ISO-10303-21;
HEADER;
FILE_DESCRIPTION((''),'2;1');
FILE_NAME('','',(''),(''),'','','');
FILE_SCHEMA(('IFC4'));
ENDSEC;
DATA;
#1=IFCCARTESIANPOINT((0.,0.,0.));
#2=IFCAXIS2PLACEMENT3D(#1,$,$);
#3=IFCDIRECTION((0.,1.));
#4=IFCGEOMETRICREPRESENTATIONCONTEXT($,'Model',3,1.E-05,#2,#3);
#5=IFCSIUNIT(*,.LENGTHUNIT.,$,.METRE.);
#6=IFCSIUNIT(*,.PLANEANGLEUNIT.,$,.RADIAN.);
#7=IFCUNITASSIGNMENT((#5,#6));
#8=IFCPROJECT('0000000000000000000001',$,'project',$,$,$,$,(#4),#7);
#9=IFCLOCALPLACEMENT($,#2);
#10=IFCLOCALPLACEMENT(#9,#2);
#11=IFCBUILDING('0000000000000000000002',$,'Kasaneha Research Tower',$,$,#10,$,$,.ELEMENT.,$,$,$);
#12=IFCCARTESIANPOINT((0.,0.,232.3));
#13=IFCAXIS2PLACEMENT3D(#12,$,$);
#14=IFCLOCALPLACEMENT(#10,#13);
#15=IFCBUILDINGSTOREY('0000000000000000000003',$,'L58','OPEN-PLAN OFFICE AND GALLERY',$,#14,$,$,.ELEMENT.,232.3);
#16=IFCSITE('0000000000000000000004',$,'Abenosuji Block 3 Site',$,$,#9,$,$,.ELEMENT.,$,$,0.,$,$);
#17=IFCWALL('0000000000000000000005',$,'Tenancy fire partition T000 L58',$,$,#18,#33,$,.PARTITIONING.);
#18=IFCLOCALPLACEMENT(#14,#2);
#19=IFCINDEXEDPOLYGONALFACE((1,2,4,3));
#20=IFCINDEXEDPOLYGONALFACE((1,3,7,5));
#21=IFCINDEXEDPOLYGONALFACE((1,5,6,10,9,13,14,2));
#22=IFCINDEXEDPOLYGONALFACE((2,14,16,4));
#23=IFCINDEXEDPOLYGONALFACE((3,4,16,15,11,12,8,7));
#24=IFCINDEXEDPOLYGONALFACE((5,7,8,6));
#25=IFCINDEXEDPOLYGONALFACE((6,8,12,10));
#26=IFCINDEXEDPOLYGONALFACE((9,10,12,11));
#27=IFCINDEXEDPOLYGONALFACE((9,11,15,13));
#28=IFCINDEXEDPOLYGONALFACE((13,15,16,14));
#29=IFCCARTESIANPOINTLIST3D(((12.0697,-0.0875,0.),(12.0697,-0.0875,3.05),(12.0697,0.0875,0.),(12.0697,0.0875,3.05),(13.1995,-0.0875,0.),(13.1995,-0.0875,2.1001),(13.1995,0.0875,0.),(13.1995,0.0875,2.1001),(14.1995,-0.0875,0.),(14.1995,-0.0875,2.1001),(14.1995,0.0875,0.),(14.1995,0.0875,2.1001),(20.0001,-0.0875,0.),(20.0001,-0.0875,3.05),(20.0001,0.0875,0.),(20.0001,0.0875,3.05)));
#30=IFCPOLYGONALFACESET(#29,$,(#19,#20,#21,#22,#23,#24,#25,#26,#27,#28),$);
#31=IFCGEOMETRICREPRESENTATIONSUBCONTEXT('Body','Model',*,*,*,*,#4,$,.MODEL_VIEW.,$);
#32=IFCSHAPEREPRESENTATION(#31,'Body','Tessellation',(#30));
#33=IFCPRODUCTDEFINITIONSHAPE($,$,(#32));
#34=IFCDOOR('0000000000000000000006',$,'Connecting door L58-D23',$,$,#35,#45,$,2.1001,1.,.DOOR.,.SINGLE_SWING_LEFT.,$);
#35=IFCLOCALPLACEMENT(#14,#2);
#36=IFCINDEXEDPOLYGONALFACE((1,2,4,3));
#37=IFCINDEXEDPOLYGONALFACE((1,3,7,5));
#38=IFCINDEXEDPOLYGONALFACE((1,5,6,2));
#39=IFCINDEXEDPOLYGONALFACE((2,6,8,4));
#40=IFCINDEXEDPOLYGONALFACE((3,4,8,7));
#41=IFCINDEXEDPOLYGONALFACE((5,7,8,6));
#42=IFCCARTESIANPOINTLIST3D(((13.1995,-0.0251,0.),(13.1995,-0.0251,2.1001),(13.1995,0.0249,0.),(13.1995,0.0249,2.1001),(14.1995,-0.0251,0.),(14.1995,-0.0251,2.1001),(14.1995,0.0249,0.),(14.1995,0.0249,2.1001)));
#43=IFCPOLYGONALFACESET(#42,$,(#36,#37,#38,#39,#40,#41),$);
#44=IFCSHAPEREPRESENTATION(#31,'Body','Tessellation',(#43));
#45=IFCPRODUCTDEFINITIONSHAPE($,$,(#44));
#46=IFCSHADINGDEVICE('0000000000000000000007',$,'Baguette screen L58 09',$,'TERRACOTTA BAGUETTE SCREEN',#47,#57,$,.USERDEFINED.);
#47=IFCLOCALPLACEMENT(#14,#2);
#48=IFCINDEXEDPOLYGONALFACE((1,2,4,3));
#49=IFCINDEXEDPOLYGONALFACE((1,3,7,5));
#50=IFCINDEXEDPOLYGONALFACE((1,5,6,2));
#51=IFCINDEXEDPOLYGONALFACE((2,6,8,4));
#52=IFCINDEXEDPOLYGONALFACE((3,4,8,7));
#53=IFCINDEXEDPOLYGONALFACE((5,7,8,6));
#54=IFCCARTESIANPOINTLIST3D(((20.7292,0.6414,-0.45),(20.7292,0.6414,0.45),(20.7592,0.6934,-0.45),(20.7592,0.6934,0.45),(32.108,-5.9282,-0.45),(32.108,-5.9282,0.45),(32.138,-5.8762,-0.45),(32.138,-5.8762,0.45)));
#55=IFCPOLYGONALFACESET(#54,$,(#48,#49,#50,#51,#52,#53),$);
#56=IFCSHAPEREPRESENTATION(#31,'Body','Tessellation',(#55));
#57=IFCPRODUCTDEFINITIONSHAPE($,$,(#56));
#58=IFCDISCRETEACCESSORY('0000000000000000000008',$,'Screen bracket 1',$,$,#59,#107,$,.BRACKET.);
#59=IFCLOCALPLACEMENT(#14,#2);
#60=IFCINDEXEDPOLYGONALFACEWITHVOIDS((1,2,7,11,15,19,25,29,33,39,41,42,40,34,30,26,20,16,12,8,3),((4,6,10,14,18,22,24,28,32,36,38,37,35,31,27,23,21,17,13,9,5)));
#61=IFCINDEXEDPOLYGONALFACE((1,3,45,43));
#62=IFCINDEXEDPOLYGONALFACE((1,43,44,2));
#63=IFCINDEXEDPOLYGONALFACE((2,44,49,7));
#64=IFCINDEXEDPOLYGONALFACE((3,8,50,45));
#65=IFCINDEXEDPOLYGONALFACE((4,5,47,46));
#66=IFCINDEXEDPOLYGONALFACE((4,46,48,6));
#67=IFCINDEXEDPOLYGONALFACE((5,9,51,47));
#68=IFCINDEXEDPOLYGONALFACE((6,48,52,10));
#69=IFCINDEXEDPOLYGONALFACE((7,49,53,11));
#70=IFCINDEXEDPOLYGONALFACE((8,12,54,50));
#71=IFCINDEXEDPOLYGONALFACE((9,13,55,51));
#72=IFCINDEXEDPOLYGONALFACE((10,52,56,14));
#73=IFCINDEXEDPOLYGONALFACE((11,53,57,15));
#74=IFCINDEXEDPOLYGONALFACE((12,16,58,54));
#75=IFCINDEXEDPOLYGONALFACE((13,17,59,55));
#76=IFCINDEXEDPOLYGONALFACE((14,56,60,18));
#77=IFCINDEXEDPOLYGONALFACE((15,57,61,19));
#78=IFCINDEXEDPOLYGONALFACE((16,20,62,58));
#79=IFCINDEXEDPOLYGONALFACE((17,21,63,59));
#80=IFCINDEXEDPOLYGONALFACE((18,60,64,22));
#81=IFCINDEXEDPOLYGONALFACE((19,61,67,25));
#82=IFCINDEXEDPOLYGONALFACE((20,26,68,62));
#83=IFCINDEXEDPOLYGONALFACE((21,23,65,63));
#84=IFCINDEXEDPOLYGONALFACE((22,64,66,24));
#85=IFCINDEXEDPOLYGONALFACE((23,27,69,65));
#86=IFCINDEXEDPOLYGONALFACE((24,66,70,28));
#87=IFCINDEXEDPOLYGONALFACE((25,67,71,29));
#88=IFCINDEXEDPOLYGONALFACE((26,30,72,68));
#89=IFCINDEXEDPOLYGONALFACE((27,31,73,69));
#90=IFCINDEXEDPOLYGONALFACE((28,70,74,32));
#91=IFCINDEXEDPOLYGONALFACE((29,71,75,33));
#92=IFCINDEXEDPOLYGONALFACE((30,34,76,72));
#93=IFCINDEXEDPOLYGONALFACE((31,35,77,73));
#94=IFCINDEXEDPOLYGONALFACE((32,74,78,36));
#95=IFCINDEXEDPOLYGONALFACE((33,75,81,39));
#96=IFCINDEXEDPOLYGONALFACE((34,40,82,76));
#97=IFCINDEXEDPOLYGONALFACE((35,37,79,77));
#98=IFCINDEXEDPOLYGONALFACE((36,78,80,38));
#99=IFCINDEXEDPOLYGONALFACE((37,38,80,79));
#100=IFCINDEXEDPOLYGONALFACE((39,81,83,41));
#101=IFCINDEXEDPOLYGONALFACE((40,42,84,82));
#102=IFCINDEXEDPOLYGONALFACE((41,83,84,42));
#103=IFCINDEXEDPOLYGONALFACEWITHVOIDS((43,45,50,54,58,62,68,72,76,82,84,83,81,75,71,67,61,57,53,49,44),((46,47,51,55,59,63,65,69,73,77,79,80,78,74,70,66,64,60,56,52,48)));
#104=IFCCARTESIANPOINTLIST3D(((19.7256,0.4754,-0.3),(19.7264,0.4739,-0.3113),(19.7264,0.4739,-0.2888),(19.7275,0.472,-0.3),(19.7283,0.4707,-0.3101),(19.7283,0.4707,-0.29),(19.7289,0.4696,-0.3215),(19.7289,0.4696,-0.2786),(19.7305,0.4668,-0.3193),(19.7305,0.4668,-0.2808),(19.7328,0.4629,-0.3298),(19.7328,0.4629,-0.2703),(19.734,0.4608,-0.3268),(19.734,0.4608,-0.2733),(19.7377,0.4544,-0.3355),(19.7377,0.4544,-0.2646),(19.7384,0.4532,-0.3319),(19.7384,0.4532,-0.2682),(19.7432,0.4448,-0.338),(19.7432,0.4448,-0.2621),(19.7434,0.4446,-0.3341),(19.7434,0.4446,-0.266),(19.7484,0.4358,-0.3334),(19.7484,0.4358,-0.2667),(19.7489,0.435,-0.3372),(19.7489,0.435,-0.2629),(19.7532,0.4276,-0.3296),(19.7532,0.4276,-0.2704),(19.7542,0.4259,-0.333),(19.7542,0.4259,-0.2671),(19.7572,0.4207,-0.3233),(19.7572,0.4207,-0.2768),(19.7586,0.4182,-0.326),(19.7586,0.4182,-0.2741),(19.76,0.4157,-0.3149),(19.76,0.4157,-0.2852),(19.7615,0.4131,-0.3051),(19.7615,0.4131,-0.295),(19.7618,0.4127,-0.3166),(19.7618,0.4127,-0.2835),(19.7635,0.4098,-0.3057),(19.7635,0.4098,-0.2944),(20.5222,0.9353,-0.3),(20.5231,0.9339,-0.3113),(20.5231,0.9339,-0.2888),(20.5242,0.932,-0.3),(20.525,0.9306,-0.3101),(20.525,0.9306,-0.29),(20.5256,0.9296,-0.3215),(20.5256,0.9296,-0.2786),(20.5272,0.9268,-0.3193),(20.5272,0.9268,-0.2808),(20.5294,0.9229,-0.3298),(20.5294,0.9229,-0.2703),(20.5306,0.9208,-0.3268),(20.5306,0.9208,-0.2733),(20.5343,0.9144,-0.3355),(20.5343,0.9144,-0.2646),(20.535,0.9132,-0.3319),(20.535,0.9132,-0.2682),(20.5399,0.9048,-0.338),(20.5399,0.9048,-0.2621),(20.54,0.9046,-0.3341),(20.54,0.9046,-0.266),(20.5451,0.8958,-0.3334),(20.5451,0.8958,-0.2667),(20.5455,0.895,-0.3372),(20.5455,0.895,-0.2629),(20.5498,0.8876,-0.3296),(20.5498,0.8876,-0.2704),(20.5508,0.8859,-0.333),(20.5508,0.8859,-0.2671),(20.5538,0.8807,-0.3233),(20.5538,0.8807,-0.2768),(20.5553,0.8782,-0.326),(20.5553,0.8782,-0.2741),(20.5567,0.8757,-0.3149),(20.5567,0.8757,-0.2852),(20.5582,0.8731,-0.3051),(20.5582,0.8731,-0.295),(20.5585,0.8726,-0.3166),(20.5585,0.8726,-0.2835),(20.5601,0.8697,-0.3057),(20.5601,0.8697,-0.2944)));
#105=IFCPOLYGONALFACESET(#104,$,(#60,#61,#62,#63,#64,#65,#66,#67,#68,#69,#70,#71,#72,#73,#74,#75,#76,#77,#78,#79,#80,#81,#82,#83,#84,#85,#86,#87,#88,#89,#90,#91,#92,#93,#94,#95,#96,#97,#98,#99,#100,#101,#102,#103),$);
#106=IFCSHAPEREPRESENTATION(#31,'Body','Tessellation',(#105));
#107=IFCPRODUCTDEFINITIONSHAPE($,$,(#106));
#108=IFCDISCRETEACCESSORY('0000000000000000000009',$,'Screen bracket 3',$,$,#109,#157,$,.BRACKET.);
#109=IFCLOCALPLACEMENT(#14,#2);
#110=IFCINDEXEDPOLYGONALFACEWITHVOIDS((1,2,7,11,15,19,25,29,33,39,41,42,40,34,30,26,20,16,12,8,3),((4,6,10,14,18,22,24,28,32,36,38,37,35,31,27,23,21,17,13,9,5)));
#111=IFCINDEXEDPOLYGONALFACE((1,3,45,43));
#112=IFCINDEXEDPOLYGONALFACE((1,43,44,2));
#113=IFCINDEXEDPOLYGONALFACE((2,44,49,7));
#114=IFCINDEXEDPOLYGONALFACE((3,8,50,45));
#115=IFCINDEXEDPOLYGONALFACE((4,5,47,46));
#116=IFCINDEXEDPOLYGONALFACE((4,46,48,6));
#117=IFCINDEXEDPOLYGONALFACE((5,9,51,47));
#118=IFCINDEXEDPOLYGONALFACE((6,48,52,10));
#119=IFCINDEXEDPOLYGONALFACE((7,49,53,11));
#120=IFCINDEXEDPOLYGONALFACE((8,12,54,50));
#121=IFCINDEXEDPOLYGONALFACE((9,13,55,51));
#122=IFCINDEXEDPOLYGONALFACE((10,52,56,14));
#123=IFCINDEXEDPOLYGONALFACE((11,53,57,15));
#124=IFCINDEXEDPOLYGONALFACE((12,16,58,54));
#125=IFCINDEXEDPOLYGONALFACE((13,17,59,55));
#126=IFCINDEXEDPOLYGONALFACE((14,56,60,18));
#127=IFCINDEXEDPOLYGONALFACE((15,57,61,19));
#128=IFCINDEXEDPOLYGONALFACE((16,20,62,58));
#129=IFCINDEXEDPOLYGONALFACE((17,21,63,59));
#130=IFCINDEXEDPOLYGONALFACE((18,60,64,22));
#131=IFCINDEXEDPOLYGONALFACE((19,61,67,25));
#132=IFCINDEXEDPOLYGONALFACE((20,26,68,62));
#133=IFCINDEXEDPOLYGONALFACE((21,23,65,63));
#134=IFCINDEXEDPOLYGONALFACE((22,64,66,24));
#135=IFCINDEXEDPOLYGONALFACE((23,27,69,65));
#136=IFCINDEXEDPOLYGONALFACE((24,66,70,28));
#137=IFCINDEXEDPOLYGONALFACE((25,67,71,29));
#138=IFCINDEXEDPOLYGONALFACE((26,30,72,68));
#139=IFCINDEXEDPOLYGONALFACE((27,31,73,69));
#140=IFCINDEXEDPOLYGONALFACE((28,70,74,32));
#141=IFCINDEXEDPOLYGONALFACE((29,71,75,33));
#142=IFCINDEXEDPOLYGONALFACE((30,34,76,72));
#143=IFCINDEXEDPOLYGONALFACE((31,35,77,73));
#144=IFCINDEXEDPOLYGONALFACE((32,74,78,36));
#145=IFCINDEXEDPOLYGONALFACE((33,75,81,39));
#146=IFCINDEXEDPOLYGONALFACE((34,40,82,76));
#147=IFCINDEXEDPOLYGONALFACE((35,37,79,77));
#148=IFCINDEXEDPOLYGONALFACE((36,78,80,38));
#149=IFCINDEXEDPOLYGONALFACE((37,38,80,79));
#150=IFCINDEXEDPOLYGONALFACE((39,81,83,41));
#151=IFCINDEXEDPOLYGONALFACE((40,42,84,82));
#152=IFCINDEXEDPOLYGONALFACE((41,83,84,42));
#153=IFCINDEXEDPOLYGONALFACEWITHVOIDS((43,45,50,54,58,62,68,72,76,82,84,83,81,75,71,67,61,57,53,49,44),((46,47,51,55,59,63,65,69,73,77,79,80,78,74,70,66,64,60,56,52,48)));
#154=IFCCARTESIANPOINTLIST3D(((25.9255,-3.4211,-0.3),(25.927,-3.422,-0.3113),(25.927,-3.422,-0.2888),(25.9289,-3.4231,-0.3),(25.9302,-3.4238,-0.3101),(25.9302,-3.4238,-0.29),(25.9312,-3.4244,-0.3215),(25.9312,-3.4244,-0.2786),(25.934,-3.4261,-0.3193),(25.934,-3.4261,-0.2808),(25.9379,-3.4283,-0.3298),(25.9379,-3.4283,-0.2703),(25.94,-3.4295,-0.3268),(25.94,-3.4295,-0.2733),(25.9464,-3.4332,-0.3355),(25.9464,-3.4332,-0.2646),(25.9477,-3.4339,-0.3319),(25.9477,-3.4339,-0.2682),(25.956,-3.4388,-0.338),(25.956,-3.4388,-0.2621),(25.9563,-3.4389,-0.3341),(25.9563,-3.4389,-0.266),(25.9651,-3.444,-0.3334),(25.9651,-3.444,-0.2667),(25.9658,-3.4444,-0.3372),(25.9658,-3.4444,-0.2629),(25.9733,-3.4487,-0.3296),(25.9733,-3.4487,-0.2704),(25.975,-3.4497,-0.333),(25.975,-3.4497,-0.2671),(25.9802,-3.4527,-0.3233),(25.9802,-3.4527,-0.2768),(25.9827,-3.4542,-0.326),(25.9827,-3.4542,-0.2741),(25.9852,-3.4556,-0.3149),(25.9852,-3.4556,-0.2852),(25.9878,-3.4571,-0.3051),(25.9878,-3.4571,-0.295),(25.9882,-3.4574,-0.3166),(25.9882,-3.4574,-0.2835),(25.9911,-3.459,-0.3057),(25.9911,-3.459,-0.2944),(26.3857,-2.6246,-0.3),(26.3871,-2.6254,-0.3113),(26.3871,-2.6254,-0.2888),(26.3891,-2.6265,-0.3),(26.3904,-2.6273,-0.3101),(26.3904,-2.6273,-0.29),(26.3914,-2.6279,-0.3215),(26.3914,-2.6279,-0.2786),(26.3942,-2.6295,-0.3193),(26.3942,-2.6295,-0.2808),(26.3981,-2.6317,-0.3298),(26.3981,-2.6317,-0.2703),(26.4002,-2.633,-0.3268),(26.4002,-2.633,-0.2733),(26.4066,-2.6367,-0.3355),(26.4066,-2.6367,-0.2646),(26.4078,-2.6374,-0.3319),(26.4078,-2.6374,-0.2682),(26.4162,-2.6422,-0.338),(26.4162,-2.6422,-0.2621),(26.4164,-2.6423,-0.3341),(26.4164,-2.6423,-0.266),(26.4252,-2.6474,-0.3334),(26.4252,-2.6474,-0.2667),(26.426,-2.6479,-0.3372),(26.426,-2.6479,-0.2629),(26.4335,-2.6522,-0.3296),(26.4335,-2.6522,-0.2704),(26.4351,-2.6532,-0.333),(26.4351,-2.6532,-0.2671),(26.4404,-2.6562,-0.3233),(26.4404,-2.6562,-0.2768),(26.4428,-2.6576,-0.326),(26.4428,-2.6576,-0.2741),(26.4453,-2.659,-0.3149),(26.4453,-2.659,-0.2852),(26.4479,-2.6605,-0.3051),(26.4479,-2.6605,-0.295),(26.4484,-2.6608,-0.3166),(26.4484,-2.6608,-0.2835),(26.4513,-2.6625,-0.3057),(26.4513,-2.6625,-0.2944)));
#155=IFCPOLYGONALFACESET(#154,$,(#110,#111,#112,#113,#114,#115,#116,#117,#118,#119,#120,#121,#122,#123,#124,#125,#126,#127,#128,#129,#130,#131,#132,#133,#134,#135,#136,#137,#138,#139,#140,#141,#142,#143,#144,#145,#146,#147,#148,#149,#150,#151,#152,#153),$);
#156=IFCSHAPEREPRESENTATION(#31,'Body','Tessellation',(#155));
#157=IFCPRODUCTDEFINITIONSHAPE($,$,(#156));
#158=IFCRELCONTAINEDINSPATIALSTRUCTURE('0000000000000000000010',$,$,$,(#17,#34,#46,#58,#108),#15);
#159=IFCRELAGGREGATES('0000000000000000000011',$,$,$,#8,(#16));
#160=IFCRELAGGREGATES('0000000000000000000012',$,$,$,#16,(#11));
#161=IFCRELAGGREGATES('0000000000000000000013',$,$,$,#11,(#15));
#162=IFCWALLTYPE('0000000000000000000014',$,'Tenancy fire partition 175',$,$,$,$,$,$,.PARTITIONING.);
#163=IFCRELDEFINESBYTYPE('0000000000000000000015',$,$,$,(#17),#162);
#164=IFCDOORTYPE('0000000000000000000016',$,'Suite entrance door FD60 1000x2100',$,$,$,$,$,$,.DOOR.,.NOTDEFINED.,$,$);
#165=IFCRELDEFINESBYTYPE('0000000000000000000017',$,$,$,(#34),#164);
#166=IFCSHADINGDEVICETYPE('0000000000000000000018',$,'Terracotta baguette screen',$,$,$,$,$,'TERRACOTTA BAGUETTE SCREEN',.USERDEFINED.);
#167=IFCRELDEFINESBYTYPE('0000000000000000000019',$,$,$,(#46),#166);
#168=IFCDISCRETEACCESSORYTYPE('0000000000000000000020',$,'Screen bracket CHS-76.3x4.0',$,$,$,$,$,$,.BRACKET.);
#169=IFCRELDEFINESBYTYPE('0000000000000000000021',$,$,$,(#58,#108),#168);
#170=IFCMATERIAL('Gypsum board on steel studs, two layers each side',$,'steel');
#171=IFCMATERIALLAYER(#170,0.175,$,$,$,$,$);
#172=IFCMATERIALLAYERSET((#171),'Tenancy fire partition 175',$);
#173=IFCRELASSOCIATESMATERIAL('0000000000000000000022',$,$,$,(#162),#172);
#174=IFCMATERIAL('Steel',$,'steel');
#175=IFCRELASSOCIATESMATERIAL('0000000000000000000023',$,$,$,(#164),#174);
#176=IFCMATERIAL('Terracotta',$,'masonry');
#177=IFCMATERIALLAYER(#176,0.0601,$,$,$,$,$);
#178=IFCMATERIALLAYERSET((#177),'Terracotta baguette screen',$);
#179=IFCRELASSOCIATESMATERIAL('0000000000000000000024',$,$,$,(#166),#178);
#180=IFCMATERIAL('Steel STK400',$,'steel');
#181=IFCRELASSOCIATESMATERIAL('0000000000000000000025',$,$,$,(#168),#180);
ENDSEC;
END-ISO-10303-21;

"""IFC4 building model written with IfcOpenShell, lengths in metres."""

from ifc_helpers import new_model, si_unit, direction, frame, frame_2d, origin, origin_2d, place, context, subcontext, project, spatial, rectangle, hollow_circle, extrude, material, layer, layer_set, material_profile, profile_set, type_object, element, fill, save


model = new_model("IFC4")

# Units and contexts
model_context = context("Model", 3, precision=1e-05, world=origin(), true_north=direction((0.0, 1.0)))
body_context = subcontext(model_context, "Body", "Model", "MODEL_VIEW")
ifc_project = project(units=[si_unit("LENGTHUNIT", "METRE"), si_unit("PLANEANGLEUNIT", "RADIAN")], contexts=[model_context])

# Site, building, storey
site_placement = place(None, origin())
site = spatial("IfcSite", under=ifc_project, at=site_placement, Name="Abenosuji Block 3 Site", CompositionType="ELEMENT", RefElevation=0.0)
building_placement = place(site_placement, origin())
building = spatial("IfcBuilding", under=site, at=building_placement, Name="Kasaneha Research Tower", CompositionType="ELEMENT")
storey_placement = place(building_placement, frame((0.0, 0.0, 232.3)))
storey = spatial("IfcBuildingStorey", under=building, at=storey_placement, Name="L58", Description="OPEN-PLAN OFFICE AND GALLERY", CompositionType="ELEMENT", Elevation=232.3)

# Wall, opening, door
ifc_material_1 = material(Name="Gypsum board on steel studs, two layers each side", Category="steel")
ifc_layer_1 = layer(ifc_material_1, 0.175)
ifc_layer_set_1 = layer_set([ifc_layer_1], Name="Tenancy fire partition 175")
wall_type_1 = type_object("IfcWallType", Name="Tenancy fire partition 175", PredefinedType="PARTITIONING", material=ifc_layer_set_1)
wall_1_placement = place(storey_placement, frame((12.0696, 0.0, 0.0), z_axis=(0.0, 0.0, 1.0), x_axis=(1.0, 0.0, 0.0)))
wall_1 = element("IfcWall", 1, at=wall_1_placement, inside=storey, type_object=wall_type_1, Name="Tenancy fire partition T000 L58", PredefinedType="PARTITIONING", context=body_context, shape_type="SweptSolid", body=[
    extrude(rectangle(XDim=7.9304, YDim=0.175, at=frame_2d((3.9653, 0.0))), origin(), (0.0, 0.0, 1.0), 3.05),
])
opening_1_placement = place(wall_1_placement, frame((1.1299, 0.0, 0.0)))
opening_1 = element("IfcOpeningElement", 2, at=opening_1_placement, cuts=wall_1, PredefinedType="OPENING", context=body_context, shape_type="SweptSolid", body=[
    extrude(rectangle(XDim=1.0, YDim=2.1001, at=frame_2d((0.5, 1.05))), frame((0.0, 0.0977, 0.0), z_axis=(0.0, -1.0, 0.0), x_axis=(1.0, 0.0, 0.0)), (0.0, 0.0, 1.0), 0.1951),
])
ifc_material_2 = material(Name="Steel", Category="steel")
door_type_1 = type_object("IfcDoorType", Name="Suite entrance door FD60 1000x2100", OperationType="NOTDEFINED", PredefinedType="DOOR", material=ifc_material_2)
door_1_placement = place(opening_1_placement, origin())
door_1 = element("IfcDoor", 3, at=door_1_placement, inside=storey, type_object=door_type_1, Name="Connecting door L58-D23", OperationType="SINGLE_SWING_LEFT", OverallHeight=2.1001, OverallWidth=1.0, PredefinedType="DOOR", context=body_context, shape_type="SweptSolid", body=[
    extrude(rectangle(XDim=1.0, YDim=2.1001, at=frame_2d((0.5, 1.05))), frame((0.0, 0.0249, 0.0), z_axis=(0.0, -1.0, 0.0), x_axis=(1.0, 0.0, 0.0)), (0.0, 0.0, 1.0), 0.05),
])
fill(opening_1, door_1)

# Shading device
ifc_material_3 = material(Name="Terracotta", Category="masonry")
ifc_layer_2 = layer(ifc_material_3, 0.0601)
ifc_layer_set_2 = layer_set([ifc_layer_2], Name="Terracotta baguette screen")
shading_device_type = type_object("IfcShadingDeviceType", Name="Terracotta baguette screen", ElementType="TERRACOTTA BAGUETTE SCREEN", PredefinedType="USERDEFINED", material=ifc_layer_set_2)
shading_device_placement = place(storey_placement, frame((26.4336, -2.6174, -0.45), z_axis=(0.0, 0.0, 1.0), x_axis=(-0.866025, 0.5, 0.0)))
element("IfcShadingDevice", 4, at=shading_device_placement, inside=storey, type_object=shading_device_type, Name="Baguette screen L58 09", ObjectType="TERRACOTTA BAGUETTE SCREEN", PredefinedType="USERDEFINED", context=body_context, shape_type="SweptSolid", body=[
    extrude(rectangle(XDim=13.1392, YDim=0.0601, at=origin_2d()), origin(), (0.0, 0.0, 1.0), 0.8999),
])

# Discrete accessories
ifc_material_4 = material(Name="Steel STK400", Category="steel")
ifc_material_profile_1 = material_profile(ifc_material_4, hollow_circle(Radius=0.0381, WallThickness=0.0039, at=origin_2d()), Name="CHS-76.3x4.0")
ifc_profile_set_1 = profile_set([ifc_material_profile_1], Name="Steel STK400")
discrete_accessory_type = type_object("IfcDiscreteAccessoryType", Name="Screen bracket CHS-76.3x4.0", PredefinedType="BRACKET", material=ifc_profile_set_1)
for number, where, z_axis, x_axis, name in (
    (5, (19.7446, 0.4424, -0.3), (0.866013, 0.500021, 0.0), (-0.500021, 0.866013, 0.0), "Screen bracket 1"),
    (6, (25.9585, -3.4402, -0.3), (0.50022, 0.865898, 0.0), (-0.865898, 0.50022, 0.0), "Screen bracket 3"),
):
    element("IfcDiscreteAccessory", number, at=place(storey_placement, frame(where, z_axis=z_axis, x_axis=x_axis)), inside=storey, type_object=discrete_accessory_type, Name=name, PredefinedType="BRACKET", context=body_context, shape_type="SweptSolid", body=[
        extrude(hollow_circle(Radius=0.0381, WallThickness=0.0039, at=origin_2d()), origin(), (0.0, 0.0, 1.0), 0.9199),
    ])

save(model, "model.ifc")
